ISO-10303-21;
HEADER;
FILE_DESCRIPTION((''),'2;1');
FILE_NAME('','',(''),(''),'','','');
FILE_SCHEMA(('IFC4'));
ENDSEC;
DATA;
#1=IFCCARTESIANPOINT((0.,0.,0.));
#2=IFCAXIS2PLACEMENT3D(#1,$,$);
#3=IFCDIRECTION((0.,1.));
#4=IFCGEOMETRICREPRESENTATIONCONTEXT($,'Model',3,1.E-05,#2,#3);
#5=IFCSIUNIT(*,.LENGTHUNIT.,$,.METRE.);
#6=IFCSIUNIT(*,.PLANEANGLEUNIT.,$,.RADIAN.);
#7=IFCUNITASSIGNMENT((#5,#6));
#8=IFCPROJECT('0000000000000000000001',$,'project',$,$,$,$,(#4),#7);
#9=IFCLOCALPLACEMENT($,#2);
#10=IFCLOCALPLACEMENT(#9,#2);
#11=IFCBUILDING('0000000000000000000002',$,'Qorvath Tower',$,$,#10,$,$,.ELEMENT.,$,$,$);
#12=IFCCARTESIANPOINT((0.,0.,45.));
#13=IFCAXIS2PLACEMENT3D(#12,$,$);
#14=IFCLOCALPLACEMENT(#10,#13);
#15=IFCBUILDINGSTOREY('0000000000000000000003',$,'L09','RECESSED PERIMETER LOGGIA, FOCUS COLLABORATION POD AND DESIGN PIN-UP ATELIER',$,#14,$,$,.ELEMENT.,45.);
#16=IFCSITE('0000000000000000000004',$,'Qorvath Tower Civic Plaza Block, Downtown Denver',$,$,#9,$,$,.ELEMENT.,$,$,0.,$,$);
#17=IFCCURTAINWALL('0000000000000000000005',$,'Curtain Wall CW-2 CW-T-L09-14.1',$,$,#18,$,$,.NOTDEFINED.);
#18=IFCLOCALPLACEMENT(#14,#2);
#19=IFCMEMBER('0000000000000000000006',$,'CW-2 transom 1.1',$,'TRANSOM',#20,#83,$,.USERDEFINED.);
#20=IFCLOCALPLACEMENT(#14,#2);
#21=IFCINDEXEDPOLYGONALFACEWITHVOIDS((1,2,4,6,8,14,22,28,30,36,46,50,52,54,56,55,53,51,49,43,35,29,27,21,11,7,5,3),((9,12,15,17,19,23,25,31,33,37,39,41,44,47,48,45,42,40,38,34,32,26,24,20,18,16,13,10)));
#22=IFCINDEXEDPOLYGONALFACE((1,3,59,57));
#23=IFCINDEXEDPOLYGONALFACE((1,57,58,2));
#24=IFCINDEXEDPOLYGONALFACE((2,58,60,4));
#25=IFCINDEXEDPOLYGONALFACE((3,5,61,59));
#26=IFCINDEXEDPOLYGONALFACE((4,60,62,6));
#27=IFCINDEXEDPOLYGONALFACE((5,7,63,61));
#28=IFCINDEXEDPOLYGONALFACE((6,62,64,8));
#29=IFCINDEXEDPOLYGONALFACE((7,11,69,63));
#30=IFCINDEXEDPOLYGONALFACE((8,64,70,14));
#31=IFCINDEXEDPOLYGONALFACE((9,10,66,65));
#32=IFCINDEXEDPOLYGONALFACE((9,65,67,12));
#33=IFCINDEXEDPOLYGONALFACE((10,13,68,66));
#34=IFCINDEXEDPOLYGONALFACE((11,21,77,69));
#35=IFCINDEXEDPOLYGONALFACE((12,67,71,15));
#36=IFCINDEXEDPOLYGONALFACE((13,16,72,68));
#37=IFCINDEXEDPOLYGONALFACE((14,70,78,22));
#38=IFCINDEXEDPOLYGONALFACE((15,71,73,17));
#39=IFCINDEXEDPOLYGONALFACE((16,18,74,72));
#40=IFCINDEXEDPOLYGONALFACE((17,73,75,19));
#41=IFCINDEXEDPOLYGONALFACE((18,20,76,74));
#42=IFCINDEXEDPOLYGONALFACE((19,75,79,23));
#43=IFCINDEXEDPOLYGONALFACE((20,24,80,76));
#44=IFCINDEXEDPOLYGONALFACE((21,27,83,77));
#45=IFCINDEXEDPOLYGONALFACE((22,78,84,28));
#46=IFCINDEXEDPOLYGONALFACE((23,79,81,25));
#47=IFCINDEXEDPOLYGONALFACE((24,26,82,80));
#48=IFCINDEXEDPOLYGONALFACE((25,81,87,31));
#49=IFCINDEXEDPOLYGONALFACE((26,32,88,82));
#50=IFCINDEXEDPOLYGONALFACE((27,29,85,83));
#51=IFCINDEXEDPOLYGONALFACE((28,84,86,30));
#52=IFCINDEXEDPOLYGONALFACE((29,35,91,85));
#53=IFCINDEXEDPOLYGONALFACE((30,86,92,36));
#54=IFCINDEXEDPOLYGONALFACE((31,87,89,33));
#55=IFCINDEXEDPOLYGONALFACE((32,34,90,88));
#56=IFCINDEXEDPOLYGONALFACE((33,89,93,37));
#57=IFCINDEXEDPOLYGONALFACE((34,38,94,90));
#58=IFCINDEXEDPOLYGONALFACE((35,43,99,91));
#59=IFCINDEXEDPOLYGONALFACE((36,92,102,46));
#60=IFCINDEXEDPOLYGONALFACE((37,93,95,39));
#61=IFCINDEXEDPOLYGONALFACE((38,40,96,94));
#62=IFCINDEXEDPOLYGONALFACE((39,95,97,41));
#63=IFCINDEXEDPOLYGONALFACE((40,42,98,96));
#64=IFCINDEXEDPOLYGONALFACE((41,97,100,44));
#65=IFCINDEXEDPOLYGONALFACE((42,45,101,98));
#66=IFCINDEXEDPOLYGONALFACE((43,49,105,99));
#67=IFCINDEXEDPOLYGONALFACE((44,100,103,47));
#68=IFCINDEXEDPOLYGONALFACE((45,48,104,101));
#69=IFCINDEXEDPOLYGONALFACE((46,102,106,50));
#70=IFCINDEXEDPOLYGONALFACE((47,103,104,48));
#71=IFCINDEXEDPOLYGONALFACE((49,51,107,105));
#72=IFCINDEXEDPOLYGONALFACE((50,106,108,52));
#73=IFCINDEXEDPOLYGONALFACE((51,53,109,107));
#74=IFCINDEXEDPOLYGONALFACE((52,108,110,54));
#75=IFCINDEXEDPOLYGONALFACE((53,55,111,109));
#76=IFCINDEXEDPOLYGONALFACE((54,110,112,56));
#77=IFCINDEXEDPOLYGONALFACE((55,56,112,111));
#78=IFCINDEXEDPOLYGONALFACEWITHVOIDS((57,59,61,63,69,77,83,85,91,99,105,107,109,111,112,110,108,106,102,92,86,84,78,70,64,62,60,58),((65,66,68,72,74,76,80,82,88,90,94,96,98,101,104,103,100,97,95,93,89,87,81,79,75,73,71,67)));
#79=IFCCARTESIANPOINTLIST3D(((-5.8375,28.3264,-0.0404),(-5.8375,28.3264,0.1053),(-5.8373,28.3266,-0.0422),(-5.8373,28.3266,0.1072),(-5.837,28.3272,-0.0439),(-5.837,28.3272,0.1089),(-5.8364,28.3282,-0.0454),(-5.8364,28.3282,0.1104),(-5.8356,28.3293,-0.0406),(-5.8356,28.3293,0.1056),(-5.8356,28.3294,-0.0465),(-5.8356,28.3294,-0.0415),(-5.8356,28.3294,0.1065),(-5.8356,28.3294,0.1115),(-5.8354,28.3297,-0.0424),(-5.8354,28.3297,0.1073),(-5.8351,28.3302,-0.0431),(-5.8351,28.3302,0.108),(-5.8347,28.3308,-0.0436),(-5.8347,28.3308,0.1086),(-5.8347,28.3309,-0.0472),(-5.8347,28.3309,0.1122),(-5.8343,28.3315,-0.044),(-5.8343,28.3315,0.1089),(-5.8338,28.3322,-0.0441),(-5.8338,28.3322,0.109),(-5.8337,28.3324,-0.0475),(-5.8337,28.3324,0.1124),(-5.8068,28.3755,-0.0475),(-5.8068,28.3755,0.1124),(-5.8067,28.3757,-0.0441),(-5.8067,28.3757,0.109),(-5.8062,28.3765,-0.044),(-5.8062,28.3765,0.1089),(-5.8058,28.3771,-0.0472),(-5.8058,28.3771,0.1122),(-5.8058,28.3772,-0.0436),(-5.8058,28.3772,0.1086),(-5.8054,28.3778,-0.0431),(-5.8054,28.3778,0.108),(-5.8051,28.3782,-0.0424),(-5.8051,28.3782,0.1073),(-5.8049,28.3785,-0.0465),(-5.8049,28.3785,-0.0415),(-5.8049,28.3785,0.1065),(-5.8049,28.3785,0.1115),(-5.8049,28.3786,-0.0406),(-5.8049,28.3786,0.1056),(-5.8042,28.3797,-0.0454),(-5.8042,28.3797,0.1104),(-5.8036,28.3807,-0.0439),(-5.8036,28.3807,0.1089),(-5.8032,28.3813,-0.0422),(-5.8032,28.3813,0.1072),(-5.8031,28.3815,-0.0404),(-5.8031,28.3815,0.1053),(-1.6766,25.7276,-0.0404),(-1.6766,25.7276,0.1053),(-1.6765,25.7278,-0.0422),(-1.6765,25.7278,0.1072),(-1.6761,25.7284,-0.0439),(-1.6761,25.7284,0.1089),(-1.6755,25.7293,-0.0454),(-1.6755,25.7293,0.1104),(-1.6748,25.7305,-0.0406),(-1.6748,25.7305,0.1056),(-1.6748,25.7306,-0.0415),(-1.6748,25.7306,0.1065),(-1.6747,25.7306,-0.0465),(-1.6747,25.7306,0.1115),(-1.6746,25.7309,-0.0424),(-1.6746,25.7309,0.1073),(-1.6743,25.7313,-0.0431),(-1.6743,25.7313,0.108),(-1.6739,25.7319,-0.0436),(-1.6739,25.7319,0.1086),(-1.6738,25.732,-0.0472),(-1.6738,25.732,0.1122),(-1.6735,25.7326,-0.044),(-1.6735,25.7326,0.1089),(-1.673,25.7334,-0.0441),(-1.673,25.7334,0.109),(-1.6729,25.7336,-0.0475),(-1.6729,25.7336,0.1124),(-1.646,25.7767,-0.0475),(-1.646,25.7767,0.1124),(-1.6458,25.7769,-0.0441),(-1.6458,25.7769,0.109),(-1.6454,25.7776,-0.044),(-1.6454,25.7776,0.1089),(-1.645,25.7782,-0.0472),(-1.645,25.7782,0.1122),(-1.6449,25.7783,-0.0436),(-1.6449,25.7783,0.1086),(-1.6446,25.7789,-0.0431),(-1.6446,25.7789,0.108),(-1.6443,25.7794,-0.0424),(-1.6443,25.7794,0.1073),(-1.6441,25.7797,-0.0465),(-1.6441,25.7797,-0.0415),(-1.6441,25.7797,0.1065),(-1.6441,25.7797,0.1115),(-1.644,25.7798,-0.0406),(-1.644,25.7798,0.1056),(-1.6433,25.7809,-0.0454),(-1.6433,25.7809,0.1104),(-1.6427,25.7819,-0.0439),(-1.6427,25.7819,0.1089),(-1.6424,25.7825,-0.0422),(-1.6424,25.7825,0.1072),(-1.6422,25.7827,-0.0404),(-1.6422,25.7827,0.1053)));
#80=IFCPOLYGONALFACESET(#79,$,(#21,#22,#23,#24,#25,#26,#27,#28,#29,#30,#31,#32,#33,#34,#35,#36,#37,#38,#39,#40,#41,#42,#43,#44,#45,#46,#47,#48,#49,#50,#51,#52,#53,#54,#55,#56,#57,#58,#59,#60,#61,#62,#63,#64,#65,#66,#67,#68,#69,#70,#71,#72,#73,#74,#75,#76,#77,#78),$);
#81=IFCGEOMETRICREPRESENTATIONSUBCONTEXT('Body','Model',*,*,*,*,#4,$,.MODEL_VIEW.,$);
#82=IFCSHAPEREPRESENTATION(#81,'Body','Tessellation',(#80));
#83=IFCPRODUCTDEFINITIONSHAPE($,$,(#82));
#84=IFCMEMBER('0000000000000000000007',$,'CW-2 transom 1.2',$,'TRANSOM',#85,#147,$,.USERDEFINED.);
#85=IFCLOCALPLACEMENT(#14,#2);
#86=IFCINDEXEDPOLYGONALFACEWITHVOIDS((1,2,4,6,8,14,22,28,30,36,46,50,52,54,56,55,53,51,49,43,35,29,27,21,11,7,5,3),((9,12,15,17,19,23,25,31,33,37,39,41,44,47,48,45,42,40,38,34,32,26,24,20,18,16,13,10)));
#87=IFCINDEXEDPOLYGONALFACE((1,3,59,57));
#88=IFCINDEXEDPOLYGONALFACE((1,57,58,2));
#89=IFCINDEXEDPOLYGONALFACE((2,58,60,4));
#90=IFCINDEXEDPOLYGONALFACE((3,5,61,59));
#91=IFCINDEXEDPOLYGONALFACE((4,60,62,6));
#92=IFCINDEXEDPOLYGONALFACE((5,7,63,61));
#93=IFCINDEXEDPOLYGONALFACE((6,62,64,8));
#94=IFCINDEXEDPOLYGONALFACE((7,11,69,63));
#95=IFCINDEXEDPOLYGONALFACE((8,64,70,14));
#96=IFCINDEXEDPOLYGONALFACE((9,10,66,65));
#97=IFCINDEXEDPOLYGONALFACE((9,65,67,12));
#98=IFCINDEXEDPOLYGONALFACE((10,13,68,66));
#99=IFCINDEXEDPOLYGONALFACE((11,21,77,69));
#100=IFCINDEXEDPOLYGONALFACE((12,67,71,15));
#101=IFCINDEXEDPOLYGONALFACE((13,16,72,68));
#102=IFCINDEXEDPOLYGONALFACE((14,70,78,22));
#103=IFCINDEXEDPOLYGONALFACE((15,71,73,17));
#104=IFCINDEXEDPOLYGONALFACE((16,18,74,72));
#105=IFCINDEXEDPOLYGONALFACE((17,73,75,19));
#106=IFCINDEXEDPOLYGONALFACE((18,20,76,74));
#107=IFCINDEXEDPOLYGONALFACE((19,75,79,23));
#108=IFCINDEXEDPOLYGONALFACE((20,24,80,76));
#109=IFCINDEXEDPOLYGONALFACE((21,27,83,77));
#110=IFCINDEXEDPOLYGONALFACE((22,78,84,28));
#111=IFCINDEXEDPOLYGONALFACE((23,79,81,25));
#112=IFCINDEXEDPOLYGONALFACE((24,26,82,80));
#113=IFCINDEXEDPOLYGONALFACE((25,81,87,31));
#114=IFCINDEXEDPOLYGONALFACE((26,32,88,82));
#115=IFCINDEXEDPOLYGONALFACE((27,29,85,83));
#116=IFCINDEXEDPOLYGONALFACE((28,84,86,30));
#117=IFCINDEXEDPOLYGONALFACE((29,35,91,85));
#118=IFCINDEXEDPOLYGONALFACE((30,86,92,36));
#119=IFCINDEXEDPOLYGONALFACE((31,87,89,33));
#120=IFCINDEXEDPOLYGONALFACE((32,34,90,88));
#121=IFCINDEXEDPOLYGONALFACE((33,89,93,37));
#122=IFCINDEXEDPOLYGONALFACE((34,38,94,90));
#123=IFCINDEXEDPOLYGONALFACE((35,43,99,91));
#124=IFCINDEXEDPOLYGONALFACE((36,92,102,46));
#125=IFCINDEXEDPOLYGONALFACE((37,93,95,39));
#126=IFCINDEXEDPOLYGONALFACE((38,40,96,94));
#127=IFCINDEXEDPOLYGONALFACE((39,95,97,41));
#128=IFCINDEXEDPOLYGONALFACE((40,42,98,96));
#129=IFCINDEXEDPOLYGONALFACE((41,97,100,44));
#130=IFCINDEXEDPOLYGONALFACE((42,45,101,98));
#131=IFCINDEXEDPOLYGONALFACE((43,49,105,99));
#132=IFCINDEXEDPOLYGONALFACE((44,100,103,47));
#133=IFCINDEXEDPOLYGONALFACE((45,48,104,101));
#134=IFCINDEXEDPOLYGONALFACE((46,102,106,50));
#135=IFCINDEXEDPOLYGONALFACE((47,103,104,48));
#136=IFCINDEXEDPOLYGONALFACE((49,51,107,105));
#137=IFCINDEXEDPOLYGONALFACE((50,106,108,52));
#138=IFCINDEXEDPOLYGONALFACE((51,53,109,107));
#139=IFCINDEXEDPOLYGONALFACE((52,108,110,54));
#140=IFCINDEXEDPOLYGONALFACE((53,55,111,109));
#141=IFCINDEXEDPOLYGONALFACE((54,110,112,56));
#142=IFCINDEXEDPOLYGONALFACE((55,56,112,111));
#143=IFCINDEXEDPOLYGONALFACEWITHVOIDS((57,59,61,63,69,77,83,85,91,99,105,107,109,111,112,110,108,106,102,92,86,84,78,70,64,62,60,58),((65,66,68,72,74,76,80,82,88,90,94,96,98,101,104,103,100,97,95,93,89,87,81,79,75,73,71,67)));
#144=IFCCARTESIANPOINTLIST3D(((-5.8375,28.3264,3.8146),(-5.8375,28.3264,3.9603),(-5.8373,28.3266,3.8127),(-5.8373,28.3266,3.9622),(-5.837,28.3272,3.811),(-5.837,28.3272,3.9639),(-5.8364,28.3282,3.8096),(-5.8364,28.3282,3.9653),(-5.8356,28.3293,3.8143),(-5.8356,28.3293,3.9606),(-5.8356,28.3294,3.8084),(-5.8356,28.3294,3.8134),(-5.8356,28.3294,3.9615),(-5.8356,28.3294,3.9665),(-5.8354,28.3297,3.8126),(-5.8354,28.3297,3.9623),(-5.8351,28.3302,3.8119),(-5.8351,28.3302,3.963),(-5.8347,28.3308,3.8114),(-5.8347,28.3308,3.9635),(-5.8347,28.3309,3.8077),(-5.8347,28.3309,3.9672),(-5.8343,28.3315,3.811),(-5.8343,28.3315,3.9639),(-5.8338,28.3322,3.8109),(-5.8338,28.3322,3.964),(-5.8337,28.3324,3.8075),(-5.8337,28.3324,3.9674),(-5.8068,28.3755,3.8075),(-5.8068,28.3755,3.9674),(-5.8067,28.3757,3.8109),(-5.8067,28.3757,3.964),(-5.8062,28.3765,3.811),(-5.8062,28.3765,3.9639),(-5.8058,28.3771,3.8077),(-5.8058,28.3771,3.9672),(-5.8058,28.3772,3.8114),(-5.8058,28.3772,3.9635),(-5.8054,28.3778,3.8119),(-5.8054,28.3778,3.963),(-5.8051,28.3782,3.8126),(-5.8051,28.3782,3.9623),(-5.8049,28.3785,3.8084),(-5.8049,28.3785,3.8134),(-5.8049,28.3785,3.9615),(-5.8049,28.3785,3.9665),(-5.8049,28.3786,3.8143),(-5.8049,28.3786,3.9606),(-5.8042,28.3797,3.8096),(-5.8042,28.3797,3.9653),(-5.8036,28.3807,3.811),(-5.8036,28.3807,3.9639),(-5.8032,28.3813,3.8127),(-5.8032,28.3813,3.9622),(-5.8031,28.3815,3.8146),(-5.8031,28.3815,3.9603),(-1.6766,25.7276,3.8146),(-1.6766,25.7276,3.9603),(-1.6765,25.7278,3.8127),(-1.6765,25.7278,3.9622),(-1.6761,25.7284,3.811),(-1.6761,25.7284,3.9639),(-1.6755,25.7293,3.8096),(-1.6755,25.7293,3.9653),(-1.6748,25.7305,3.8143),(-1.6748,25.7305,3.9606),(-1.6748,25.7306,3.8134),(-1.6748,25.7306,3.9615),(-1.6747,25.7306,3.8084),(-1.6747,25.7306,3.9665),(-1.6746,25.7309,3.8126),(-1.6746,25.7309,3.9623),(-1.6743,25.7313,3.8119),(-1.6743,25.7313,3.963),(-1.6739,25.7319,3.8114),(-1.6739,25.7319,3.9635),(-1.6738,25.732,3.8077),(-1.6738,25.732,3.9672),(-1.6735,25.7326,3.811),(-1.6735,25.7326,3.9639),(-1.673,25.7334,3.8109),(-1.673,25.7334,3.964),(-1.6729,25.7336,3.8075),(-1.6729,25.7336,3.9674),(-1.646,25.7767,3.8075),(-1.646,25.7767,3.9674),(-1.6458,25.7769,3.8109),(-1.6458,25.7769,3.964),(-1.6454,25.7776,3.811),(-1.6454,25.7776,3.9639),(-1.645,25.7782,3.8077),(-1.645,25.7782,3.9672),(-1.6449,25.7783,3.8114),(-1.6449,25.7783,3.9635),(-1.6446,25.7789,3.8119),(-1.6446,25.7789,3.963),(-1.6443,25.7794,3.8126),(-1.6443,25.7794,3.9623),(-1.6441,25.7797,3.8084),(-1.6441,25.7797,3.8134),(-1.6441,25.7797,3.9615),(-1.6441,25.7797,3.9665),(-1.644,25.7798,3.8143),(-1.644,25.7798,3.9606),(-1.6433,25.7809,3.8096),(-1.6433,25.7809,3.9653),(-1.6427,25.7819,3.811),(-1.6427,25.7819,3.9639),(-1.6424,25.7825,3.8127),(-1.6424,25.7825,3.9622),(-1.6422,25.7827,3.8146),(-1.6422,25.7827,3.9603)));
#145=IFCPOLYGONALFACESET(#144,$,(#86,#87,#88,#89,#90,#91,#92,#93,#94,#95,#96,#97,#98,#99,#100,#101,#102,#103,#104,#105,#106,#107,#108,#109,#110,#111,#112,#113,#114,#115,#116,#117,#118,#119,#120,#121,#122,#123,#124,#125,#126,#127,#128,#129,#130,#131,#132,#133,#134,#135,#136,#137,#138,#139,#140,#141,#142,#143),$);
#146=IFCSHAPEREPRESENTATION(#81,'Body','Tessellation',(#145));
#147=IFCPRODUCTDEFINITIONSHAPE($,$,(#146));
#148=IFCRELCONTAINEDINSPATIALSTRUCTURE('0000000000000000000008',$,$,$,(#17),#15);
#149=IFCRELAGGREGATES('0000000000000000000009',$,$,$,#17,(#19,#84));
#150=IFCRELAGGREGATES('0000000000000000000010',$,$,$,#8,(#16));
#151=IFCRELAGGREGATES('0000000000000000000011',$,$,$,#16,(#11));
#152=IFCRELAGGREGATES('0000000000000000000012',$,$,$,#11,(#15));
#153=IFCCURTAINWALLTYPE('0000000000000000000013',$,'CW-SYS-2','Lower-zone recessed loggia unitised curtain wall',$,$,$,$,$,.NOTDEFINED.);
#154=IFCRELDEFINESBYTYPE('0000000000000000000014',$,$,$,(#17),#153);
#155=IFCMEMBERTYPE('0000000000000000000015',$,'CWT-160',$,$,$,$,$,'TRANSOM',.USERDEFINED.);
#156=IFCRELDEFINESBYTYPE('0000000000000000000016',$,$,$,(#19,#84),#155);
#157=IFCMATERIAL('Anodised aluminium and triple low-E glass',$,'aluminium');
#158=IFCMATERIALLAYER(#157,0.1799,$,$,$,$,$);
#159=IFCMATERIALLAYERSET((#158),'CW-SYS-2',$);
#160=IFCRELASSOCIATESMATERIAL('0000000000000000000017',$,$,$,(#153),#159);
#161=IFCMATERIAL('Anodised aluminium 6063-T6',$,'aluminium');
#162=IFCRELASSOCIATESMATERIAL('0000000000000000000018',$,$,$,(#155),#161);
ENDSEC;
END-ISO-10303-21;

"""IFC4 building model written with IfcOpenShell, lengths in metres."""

from ifc_helpers import new_model, si_unit, direction, frame, origin, origin_2d, place, context, subcontext, project, spatial, hollow_rectangle, extrude, material, layer, layer_set, material_profile, profile_set, type_object, element, aggregate, save


model = new_model("IFC4")

# Units and contexts
model_context = context("Model", 3, precision=1e-05, world=origin(), true_north=direction((0.0, 1.0)))
body_context = subcontext(model_context, "Body", "Model", "MODEL_VIEW")
ifc_project = project(units=[si_unit("LENGTHUNIT", "METRE"), si_unit("PLANEANGLEUNIT", "RADIAN")], contexts=[model_context])

# Site, building, storey
site_placement = place(None, origin())
site = spatial("IfcSite", under=ifc_project, at=site_placement, Name="Qorvath Tower Civic Plaza Block, Downtown Denver", CompositionType="ELEMENT", RefElevation=0.0)
building_placement = place(site_placement, origin())
building = spatial("IfcBuilding", under=site, at=building_placement, Name="Qorvath Tower", CompositionType="ELEMENT")
storey_placement = place(building_placement, frame((0.0, 0.0, 45.0)))
storey = spatial("IfcBuildingStorey", under=building, at=storey_placement, Name="L09", Description="RECESSED PERIMETER LOGGIA, FOCUS COLLABORATION POD AND DESIGN PIN-UP ATELIER", CompositionType="ELEMENT", Elevation=45.0)

# Shared definitions
ifc_material_1 = material(Name="Anodised aluminium and triple low-E glass", Category="aluminium")
ifc_layer_1 = layer(ifc_material_1, 0.1799)
ifc_layer_set_1 = layer_set([ifc_layer_1], Name="CW-SYS-2")
curtain_wall_type = type_object("IfcCurtainWallType", Name="CW-SYS-2", Description="Lower-zone recessed loggia unitised curtain wall", PredefinedType="NOTDEFINED", material=ifc_layer_set_1)

# Curtain wall
curtain_wall_1_placement = place(storey_placement, origin())
curtain_wall_1 = element("IfcCurtainWall", 1, at=curtain_wall_1_placement, inside=storey, type_object=curtain_wall_type, Name="Curtain Wall CW-2 CW-T-L09-14.1", PredefinedType="NOTDEFINED")

# Members
ifc_material_2 = material(Name="Anodised aluminium 6063-T6", Category="aluminium")
ifc_material_profile_1 = material_profile(ifc_material_2, hollow_rectangle(XDim=0.0649, YDim=0.1599, WallThickness=0.0034, InnerFilletRadius=0.0034, OuterFilletRadius=0.0071, at=origin_2d()), Name="CWT 160x65")
ifc_profile_set_1 = profile_set([ifc_material_profile_1], Name="Anodised aluminium 6063-T6")
member_type_1 = type_object("IfcMemberType", Name="CWT-160", ElementType="TRANSOM", PredefinedType="USERDEFINED", material=ifc_profile_set_1)
member_1_placement = place(storey_placement, frame((-1.6594, 25.7551, 0.0325), z_axis=(-0.848152, 0.529753, 0.0), x_axis=(-0.529753, -0.848152, 0.0)))
member_1 = element("IfcMember", 2, at=member_1_placement, type_object=member_type_1, Name="CW-2 transom 1.1", ObjectType="TRANSOM", PredefinedType="USERDEFINED", context=body_context, shape_type="SweptSolid", body=[
    extrude(hollow_rectangle(XDim=0.0649, YDim=0.1599, WallThickness=0.0034, InnerFilletRadius=0.0034, OuterFilletRadius=0.0071, at=origin_2d()), origin(), (0.0, 0.0, 1.0), 4.9058),
])
member_2_placement = place(storey_placement, frame((-1.6594, 25.7551, 3.8875), z_axis=(-0.848152, 0.529753, 0.0), x_axis=(-0.529753, -0.848152, 0.0)))
member_2 = element("IfcMember", 3, at=member_2_placement, type_object=member_type_1, Name="CW-2 transom 1.2", ObjectType="TRANSOM", PredefinedType="USERDEFINED", context=body_context, shape_type="SweptSolid", body=[
    extrude(hollow_rectangle(XDim=0.0649, YDim=0.1599, WallThickness=0.0034, InnerFilletRadius=0.0034, OuterFilletRadius=0.0071, at=origin_2d()), origin(), (0.0, 0.0, 1.0), 4.9058),
])

aggregate(curtain_wall_1, [member_1, member_2])

save(model, "model.ifc")
